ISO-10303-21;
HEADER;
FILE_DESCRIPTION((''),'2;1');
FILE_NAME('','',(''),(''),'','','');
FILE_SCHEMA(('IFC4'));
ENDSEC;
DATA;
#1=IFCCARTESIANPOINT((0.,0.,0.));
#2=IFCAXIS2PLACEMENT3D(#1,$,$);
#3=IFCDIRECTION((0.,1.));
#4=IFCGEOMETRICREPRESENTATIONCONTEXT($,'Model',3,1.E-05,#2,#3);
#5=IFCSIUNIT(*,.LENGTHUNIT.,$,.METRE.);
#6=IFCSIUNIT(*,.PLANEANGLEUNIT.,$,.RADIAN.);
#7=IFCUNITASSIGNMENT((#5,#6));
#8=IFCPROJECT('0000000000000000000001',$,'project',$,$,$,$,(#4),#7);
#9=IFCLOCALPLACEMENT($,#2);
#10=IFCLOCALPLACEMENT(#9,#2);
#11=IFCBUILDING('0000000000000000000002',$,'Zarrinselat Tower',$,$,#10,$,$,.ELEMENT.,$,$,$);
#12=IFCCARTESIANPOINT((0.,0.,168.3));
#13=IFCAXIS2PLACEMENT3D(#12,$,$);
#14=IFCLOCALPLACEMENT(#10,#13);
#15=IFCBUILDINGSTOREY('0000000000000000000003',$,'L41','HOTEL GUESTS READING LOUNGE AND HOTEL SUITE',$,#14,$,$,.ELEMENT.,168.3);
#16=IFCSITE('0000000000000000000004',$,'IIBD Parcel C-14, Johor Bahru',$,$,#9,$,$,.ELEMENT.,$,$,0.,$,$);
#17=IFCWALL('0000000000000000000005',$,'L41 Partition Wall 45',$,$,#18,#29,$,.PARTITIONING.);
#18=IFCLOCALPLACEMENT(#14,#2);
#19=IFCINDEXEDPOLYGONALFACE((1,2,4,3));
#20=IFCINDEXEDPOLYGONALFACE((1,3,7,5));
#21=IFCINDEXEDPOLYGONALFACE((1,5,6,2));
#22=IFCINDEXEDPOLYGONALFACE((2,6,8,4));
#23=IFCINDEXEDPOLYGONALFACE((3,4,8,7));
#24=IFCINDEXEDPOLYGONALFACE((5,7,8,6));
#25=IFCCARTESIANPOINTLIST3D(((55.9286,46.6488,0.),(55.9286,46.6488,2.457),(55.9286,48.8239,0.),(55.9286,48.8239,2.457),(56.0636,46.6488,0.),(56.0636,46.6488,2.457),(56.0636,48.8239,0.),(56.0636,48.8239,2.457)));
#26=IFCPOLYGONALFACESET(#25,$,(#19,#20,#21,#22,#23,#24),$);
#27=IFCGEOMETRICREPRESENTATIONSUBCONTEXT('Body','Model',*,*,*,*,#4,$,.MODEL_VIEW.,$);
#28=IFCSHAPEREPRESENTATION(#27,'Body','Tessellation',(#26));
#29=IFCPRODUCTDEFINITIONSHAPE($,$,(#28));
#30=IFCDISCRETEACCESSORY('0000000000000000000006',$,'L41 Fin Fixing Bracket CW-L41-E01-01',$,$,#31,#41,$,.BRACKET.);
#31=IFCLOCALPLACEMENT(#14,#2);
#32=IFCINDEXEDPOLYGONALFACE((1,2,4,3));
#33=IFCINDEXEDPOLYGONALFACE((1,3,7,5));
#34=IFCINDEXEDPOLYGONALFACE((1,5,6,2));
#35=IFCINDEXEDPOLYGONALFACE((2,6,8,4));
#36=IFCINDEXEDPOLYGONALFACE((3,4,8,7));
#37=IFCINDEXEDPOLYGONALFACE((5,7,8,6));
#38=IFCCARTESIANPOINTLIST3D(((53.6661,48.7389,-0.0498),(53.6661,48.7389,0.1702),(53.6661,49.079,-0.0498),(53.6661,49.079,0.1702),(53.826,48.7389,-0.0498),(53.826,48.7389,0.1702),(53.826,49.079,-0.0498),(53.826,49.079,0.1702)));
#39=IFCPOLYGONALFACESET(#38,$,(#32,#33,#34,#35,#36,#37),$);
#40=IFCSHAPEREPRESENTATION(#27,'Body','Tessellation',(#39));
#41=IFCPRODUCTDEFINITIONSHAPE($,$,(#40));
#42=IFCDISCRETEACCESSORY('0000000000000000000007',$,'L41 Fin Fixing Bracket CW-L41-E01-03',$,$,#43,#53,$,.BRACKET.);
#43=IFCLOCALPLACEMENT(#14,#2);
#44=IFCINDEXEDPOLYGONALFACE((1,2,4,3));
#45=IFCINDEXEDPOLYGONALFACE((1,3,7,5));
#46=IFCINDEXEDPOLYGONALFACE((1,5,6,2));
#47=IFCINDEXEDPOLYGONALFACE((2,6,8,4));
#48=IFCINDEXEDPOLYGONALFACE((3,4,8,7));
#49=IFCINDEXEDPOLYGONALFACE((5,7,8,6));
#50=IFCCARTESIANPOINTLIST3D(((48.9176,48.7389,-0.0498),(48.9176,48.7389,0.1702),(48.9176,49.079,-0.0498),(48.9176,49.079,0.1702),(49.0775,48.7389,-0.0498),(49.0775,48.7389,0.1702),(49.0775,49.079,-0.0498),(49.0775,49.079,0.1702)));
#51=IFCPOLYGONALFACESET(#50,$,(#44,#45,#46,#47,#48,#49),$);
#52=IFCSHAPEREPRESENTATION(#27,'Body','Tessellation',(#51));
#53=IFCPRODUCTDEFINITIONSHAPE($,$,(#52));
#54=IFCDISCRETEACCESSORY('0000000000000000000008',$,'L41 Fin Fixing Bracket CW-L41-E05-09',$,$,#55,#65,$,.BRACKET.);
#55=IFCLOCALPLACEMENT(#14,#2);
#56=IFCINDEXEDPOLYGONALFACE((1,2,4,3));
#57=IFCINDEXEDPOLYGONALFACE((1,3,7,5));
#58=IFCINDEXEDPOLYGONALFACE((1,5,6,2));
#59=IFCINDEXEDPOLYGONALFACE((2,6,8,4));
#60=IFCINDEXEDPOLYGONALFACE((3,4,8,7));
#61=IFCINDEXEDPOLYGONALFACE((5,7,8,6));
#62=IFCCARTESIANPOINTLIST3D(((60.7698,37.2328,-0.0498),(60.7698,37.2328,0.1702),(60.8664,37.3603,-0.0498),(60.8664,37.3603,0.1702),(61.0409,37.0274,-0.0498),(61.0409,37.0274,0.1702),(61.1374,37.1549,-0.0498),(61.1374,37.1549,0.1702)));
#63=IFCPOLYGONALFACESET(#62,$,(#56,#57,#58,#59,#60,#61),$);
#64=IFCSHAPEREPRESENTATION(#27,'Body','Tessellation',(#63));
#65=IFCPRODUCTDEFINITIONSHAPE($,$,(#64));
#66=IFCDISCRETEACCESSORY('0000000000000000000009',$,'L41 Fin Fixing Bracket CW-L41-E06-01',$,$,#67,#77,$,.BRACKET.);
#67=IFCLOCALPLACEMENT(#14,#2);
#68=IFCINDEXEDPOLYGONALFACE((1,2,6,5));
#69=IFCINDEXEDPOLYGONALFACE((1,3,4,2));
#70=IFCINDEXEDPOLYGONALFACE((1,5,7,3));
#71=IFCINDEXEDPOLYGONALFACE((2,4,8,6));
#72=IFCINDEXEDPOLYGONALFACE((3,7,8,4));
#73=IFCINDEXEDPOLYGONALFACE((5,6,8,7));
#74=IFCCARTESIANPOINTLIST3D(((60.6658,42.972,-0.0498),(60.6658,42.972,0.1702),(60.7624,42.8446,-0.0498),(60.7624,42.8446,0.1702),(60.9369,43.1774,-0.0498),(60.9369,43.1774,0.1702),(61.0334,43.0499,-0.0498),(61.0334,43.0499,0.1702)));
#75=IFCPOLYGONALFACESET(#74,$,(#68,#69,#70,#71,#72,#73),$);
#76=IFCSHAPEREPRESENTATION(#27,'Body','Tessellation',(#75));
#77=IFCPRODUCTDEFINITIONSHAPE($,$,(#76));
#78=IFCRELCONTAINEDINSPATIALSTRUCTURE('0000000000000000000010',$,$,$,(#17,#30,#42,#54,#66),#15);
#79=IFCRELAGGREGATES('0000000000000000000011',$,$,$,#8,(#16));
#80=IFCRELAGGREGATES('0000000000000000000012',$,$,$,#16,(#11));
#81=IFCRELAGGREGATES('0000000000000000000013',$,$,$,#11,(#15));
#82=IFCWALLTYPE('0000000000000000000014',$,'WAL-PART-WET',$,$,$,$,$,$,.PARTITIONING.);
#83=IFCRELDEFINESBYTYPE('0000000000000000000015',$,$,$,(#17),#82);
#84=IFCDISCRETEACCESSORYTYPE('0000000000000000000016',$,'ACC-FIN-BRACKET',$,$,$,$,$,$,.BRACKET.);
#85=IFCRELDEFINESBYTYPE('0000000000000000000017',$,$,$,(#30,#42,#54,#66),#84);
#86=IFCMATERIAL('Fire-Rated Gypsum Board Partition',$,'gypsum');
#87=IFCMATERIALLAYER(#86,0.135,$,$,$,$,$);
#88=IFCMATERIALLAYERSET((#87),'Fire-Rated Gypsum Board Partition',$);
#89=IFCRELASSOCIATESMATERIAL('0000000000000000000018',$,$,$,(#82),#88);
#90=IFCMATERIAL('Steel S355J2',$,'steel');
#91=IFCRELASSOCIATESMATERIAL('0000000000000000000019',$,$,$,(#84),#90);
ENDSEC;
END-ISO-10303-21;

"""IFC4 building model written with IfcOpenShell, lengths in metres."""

from ifc_helpers import new_model, si_unit, direction, frame, frame_2d, origin, origin_2d, place, context, subcontext, project, spatial, rectangle, extrude, material, layer, layer_set, type_object, element, save


model = new_model("IFC4")

# Units and contexts
model_context = context("Model", 3, precision=1e-05, world=origin(), true_north=direction((0.0, 1.0)))
body_context = subcontext(model_context, "Body", "Model", "MODEL_VIEW")
ifc_project = project(units=[si_unit("LENGTHUNIT", "METRE"), si_unit("PLANEANGLEUNIT", "RADIAN")], contexts=[model_context])

# Site, building, storey
site_placement = place(None, origin())
site = spatial("IfcSite", under=ifc_project, at=site_placement, Name="IIBD Parcel C-14, Johor Bahru", CompositionType="ELEMENT", RefElevation=0.0)
building_placement = place(site_placement, origin())
building = spatial("IfcBuilding", under=site, at=building_placement, Name="Zarrinselat Tower", CompositionType="ELEMENT")
storey_placement = place(building_placement, frame((0.0, 0.0, 168.3)))
storey = spatial("IfcBuildingStorey", under=building, at=storey_placement, Name="L41", Description="HOTEL GUESTS READING LOUNGE AND HOTEL SUITE", CompositionType="ELEMENT", Elevation=168.3)

# Shared definitions
ifc_material_1 = material(Name="Fire-Rated Gypsum Board Partition", Category="gypsum")
ifc_layer_1 = layer(ifc_material_1, 0.135)
ifc_layer_set_1 = layer_set([ifc_layer_1], Name="Fire-Rated Gypsum Board Partition")
wall_type_1 = type_object("IfcWallType", Name="WAL-PART-WET", PredefinedType="PARTITIONING", material=ifc_layer_set_1)

# Wall
wall_1_placement = place(storey_placement, frame((55.9961, 46.6489, 0.0), z_axis=(0.0, 0.0, 1.0), x_axis=(0.0, 1.0, 0.0)))
element("IfcWall", 1, at=wall_1_placement, inside=storey, type_object=wall_type_1, Name="L41 Partition Wall 45", PredefinedType="PARTITIONING", context=body_context, shape_type="SweptSolid", body=[
    extrude(rectangle(XDim=2.175, YDim=0.135, at=frame_2d((1.0874, 0.0))), origin(), (0.0, 0.0, 1.0), 2.457),
])

# Discrete accessories
ifc_material_2 = material(Name="Steel S355J2", Category="steel")
discrete_accessory_type = type_object("IfcDiscreteAccessoryType", Name="ACC-FIN-BRACKET", PredefinedType="BRACKET", material=ifc_material_2)
for number, where, z_axis, x_axis, name in (
    (2, (53.7461, 48.9089, -0.0498), (0.0, 0.0, 1.0), (0.0, 1.0, 0.0), "L41 Fin Fixing Bracket CW-L41-E01-01"),
    (3, (48.9976, 48.9089, -0.0498), (0.0, 0.0, 1.0), (0.0, 1.0, 0.0), "L41 Fin Fixing Bracket CW-L41-E01-03"),
    (4, (60.9536, 37.1938, -0.0498), (0.0, 0.0, 1.0), (0.797091, -0.603859, 0.0), "L41 Fin Fixing Bracket CW-L41-E05-09"),
    (5, (60.8496, 43.011, -0.0498), (0.0, 0.0, 1.0), (0.797092, 0.603857, 0.0), "L41 Fin Fixing Bracket CW-L41-E06-01"),
):
    element("IfcDiscreteAccessory", number, at=place(storey_placement, frame(where, z_axis=z_axis, x_axis=x_axis)), inside=storey, type_object=discrete_accessory_type, Name=name, PredefinedType="BRACKET", context=body_context, shape_type="SweptSolid", body=[
        extrude(rectangle(XDim=0.3401, YDim=0.1599, at=origin_2d()), origin(), (0.0, 0.0, 1.0), 0.22),
    ])

save(model, "model.ifc")
